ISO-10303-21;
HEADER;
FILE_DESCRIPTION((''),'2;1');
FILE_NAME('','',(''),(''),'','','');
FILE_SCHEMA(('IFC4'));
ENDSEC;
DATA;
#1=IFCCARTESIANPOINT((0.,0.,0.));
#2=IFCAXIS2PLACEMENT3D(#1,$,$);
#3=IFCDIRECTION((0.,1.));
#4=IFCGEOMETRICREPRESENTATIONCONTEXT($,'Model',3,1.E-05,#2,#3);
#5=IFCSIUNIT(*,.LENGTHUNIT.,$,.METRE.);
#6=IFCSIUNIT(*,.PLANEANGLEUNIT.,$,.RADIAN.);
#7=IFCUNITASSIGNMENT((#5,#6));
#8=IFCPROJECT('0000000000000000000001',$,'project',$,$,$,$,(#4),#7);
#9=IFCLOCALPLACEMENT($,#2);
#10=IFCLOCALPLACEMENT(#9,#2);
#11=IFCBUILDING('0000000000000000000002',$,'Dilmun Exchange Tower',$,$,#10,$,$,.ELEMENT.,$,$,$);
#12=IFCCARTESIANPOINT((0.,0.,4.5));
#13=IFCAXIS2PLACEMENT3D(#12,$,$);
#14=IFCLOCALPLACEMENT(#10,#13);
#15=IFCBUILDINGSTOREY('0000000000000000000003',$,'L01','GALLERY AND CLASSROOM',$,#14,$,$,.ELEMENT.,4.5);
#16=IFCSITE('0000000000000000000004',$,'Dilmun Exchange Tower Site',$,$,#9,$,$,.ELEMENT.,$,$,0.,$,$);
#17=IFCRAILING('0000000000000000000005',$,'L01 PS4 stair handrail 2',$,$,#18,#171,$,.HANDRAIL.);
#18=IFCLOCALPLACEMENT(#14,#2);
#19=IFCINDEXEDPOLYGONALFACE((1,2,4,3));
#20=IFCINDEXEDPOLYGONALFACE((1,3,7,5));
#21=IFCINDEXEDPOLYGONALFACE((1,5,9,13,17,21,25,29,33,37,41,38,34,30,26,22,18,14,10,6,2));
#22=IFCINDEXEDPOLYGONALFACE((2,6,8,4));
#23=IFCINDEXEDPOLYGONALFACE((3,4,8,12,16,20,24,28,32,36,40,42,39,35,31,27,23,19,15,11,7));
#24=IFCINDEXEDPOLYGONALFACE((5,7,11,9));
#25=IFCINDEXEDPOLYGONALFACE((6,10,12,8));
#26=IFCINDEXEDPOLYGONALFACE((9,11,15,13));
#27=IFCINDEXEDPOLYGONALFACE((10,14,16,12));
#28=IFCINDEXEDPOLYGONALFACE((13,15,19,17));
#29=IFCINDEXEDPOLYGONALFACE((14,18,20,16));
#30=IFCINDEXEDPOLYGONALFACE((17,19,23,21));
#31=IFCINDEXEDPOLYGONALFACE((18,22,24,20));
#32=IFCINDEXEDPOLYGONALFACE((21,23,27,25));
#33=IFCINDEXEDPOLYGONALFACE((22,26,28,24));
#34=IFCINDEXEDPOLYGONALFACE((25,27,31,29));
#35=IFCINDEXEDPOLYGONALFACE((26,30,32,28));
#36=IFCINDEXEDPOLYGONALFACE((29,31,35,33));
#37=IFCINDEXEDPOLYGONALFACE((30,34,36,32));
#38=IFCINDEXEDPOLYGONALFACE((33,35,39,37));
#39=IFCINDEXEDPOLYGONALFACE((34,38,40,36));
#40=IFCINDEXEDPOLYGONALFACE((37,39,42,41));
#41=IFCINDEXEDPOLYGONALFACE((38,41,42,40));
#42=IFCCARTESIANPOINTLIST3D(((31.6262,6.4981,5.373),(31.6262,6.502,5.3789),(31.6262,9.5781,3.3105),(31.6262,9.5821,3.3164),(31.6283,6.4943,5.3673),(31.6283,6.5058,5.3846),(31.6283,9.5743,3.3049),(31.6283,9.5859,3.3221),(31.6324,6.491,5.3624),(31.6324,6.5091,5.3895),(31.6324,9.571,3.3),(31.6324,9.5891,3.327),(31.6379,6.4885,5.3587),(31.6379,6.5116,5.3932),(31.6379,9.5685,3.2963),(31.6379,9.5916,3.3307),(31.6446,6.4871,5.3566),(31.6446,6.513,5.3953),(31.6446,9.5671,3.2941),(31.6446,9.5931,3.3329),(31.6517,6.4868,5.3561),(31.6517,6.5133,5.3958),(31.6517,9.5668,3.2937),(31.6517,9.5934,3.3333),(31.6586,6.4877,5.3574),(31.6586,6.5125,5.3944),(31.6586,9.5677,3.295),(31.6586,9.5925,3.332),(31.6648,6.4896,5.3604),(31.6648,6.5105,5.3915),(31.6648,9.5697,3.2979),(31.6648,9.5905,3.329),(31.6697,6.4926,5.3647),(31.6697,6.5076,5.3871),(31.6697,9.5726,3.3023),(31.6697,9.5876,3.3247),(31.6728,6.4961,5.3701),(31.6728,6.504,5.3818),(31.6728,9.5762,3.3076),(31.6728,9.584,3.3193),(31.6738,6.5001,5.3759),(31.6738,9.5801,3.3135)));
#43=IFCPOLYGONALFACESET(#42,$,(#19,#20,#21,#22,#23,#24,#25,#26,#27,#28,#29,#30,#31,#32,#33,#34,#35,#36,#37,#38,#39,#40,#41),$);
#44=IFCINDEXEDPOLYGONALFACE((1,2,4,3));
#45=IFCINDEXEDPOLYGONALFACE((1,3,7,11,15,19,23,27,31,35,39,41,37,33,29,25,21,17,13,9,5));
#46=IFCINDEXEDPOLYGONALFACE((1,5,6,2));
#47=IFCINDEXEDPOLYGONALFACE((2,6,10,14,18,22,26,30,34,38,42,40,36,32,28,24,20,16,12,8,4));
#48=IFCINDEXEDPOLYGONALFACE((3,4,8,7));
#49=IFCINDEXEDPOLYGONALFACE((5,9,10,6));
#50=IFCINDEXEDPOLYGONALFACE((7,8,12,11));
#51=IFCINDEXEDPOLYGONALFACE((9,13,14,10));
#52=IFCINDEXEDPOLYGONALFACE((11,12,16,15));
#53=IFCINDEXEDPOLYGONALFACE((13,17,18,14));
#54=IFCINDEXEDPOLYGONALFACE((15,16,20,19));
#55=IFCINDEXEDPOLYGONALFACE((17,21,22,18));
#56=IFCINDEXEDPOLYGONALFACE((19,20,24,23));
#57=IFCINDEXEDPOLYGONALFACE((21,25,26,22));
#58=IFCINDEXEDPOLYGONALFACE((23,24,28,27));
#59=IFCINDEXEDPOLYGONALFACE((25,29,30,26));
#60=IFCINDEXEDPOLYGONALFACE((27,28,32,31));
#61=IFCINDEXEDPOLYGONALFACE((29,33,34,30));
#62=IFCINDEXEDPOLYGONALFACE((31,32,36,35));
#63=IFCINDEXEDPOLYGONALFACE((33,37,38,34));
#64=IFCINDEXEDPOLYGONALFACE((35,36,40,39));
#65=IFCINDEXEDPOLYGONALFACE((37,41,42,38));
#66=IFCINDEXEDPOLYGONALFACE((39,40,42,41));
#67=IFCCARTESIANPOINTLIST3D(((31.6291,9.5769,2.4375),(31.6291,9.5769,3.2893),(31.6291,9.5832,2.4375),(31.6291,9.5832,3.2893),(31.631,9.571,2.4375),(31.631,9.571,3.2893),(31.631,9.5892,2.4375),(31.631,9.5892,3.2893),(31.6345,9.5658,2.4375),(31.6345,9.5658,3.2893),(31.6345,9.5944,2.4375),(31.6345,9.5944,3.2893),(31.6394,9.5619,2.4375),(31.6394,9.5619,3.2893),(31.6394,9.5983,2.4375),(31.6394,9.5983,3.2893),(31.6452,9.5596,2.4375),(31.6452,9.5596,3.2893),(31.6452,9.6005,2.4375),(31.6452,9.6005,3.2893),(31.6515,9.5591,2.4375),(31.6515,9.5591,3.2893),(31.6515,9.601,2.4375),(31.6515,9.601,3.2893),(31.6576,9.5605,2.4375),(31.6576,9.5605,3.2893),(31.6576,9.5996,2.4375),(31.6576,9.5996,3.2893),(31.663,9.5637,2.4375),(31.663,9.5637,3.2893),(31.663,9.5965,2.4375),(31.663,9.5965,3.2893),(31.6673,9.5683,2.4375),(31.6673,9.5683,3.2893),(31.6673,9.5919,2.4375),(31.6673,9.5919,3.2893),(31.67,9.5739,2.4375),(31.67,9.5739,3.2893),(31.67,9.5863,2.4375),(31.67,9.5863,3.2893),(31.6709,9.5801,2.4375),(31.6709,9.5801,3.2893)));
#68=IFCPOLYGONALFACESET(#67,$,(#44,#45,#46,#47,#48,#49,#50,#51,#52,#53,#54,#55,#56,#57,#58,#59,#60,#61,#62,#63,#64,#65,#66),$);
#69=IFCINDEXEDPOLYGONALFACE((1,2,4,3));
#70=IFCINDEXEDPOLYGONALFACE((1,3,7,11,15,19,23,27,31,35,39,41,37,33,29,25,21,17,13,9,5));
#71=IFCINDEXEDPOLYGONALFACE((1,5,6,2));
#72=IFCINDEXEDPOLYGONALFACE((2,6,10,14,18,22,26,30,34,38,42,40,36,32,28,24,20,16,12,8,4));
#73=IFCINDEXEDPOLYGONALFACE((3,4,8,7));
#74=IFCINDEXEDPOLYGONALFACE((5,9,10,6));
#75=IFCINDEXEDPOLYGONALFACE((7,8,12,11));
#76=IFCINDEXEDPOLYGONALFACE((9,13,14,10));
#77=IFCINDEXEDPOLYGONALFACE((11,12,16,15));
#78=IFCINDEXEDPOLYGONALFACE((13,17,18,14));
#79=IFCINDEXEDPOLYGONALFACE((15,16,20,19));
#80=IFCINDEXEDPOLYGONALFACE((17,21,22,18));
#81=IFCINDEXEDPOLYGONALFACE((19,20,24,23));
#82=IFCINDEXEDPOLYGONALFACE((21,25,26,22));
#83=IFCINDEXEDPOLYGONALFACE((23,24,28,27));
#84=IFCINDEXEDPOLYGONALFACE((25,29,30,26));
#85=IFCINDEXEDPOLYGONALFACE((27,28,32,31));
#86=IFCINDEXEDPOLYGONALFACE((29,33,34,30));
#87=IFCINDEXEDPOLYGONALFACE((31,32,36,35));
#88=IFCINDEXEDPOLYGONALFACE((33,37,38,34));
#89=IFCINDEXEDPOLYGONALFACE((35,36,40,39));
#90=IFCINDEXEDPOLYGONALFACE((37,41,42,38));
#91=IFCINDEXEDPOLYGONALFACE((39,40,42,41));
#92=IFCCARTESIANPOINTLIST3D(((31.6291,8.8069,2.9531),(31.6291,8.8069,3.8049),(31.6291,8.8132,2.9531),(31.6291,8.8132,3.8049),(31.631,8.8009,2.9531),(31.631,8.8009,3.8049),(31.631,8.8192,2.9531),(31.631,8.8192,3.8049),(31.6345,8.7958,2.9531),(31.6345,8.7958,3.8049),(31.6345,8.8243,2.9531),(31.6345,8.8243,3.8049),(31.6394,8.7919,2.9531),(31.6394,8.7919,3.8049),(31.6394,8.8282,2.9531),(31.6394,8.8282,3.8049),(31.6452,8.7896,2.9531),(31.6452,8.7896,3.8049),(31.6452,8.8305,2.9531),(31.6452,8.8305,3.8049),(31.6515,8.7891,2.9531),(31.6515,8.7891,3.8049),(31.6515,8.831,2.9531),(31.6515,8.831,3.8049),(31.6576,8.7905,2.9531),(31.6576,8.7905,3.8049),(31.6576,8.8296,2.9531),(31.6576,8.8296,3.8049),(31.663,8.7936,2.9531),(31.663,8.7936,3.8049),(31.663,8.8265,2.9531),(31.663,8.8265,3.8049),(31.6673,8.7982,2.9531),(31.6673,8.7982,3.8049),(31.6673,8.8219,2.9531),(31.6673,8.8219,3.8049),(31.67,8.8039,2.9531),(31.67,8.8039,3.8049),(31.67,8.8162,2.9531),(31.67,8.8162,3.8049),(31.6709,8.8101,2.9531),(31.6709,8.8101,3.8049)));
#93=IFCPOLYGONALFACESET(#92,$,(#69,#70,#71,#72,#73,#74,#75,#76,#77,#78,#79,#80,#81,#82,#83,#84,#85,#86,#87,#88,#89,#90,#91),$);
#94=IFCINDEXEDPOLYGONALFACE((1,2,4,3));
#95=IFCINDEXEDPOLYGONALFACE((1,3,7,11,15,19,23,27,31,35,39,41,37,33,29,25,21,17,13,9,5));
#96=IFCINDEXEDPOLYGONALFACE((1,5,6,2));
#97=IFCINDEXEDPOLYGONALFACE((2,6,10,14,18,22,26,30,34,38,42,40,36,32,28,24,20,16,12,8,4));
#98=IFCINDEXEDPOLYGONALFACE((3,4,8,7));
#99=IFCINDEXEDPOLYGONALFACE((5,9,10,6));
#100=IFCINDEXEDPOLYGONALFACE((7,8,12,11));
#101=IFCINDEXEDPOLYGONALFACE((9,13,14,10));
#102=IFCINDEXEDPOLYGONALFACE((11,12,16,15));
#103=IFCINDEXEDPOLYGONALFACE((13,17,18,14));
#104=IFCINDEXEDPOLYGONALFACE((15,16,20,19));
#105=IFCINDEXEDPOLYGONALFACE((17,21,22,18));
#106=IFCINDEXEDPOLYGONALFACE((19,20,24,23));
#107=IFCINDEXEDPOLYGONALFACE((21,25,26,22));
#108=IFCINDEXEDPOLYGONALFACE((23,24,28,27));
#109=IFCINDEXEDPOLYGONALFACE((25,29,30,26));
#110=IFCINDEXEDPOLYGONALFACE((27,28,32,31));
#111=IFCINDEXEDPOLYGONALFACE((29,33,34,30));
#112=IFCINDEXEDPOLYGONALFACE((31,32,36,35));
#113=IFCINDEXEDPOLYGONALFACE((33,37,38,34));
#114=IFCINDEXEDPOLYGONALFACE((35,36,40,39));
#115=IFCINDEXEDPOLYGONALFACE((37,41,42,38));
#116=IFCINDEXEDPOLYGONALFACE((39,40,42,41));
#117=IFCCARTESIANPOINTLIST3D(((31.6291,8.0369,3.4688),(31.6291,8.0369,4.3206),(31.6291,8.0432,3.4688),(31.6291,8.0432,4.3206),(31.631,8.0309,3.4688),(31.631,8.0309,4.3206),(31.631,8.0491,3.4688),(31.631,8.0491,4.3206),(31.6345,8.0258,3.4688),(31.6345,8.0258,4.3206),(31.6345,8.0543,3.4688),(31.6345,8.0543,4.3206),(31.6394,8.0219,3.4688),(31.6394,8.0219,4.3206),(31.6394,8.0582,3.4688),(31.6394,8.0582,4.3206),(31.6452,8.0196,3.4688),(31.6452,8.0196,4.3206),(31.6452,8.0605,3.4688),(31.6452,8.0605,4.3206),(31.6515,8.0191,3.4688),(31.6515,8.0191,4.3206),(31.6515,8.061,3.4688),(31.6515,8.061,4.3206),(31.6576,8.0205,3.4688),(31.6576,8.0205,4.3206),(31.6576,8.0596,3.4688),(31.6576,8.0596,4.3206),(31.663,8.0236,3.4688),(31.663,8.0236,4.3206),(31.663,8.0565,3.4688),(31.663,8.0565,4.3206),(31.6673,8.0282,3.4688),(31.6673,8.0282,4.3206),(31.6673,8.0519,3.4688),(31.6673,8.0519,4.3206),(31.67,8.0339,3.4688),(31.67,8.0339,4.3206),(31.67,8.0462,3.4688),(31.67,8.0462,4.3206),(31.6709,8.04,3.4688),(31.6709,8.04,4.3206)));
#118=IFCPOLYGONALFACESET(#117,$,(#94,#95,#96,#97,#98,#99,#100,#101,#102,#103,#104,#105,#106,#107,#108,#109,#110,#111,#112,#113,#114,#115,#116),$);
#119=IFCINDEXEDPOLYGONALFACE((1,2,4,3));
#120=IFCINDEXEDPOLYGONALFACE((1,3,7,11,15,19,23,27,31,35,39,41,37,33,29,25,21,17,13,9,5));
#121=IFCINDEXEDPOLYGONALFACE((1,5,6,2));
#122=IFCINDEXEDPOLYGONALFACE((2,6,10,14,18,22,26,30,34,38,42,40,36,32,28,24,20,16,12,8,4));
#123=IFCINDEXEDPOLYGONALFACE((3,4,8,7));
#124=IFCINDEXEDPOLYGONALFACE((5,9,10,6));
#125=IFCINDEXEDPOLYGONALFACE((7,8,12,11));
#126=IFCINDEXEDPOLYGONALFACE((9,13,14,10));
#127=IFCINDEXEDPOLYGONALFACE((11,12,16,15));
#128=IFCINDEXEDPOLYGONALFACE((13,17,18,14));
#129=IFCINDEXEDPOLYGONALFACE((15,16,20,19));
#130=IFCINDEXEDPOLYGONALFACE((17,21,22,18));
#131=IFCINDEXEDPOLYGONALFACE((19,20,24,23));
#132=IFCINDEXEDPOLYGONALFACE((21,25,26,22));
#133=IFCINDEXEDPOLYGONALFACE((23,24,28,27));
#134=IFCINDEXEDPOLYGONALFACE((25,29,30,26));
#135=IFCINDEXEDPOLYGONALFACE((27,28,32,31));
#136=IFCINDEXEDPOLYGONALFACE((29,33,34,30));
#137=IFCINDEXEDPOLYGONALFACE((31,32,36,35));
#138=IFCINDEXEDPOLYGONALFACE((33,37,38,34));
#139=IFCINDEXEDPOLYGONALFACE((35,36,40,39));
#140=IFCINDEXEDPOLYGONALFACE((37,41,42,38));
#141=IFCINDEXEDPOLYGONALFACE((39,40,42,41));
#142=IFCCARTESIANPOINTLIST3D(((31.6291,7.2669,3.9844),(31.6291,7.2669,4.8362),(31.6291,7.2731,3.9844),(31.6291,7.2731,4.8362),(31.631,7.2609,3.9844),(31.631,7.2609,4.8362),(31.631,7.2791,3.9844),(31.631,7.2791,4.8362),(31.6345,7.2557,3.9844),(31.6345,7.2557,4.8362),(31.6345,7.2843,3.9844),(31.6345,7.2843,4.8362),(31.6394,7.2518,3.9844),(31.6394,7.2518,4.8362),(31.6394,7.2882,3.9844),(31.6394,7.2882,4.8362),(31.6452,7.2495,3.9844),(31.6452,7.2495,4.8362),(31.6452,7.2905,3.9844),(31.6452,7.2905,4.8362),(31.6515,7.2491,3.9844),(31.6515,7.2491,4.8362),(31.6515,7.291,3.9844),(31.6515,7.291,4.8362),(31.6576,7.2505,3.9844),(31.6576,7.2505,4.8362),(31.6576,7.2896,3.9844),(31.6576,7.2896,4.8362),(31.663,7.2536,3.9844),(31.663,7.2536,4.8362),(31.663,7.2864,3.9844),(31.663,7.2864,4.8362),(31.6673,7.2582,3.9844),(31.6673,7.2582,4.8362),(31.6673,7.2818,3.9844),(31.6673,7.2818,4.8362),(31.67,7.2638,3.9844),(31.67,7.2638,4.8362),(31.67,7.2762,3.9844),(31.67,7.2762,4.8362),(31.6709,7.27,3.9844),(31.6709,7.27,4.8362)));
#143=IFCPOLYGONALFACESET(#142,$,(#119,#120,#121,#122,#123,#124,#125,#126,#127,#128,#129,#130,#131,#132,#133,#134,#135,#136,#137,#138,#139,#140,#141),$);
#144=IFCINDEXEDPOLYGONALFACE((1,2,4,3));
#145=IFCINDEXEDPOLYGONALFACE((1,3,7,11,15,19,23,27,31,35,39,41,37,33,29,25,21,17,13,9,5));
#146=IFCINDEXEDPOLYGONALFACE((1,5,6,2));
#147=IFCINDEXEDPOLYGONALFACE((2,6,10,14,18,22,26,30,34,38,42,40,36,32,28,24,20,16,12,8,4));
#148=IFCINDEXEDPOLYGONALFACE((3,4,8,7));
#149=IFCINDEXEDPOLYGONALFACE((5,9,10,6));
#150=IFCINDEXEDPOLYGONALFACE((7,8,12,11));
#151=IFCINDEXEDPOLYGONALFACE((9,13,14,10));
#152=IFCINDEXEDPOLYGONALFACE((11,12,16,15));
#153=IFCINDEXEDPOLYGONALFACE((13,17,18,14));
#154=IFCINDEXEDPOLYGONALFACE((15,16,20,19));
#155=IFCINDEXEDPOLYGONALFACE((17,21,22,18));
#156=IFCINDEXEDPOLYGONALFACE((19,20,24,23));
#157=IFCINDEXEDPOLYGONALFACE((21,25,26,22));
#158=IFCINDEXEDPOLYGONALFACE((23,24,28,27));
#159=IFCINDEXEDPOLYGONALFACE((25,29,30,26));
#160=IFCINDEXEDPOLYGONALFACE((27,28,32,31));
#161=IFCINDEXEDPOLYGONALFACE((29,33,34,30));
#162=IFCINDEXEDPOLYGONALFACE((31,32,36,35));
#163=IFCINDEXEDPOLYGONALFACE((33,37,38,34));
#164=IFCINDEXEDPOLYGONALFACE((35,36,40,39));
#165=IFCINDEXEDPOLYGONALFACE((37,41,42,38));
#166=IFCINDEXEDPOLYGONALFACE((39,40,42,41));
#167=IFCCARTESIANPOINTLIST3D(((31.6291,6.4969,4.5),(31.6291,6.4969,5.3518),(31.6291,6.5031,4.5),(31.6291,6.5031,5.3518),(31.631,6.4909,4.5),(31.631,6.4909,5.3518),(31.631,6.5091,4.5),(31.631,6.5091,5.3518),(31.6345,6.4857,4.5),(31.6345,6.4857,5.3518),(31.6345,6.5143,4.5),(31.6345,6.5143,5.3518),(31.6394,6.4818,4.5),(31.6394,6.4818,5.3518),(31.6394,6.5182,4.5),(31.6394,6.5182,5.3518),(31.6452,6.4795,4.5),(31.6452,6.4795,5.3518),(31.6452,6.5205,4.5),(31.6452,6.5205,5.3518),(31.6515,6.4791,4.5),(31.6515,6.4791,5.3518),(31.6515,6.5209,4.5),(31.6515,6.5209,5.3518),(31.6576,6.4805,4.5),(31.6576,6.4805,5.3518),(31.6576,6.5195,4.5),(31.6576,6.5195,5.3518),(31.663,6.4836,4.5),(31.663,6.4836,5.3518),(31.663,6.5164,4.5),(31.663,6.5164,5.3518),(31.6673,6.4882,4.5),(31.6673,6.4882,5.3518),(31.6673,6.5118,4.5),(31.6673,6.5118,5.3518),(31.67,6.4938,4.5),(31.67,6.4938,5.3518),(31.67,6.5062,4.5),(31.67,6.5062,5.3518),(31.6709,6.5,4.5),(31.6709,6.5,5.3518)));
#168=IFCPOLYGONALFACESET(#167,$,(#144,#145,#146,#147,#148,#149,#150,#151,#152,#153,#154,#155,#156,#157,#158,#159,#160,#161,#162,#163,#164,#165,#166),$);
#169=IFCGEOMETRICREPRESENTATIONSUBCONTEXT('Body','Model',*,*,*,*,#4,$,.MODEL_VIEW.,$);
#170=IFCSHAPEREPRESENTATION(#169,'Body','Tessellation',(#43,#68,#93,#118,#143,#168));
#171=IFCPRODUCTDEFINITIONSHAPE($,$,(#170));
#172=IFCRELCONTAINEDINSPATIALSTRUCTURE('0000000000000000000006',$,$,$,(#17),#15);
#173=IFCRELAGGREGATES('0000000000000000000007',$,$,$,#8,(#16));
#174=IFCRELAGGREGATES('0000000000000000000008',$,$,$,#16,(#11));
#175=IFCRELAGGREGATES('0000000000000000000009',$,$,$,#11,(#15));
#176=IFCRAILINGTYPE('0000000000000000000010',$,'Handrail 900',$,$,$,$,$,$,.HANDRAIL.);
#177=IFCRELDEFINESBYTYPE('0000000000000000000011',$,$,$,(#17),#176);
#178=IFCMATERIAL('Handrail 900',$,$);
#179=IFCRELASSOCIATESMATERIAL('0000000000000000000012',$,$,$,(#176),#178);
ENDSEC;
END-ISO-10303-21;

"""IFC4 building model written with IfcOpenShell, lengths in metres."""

from ifc_helpers import new_model, si_unit, direction, frame, origin, origin_2d, place, context, subcontext, project, spatial, circle, extrude, material, type_object, element, save


model = new_model("IFC4")

# Units and contexts
model_context = context("Model", 3, precision=1e-05, world=origin(), true_north=direction((0.0, 1.0)))
body_context = subcontext(model_context, "Body", "Model", "MODEL_VIEW")
ifc_project = project(units=[si_unit("LENGTHUNIT", "METRE"), si_unit("PLANEANGLEUNIT", "RADIAN")], contexts=[model_context])

# Site, building, storey
site_placement = place(None, origin())
site = spatial("IfcSite", under=ifc_project, at=site_placement, Name="Dilmun Exchange Tower Site", CompositionType="ELEMENT", RefElevation=0.0)
building_placement = place(site_placement, origin())
building = spatial("IfcBuilding", under=site, at=building_placement, Name="Dilmun Exchange Tower", CompositionType="ELEMENT")
storey_placement = place(building_placement, frame((0.0, 0.0, 4.5)))
storey = spatial("IfcBuildingStorey", under=building, at=storey_placement, Name="L01", Description="GALLERY AND CLASSROOM", CompositionType="ELEMENT", Elevation=4.5)

# Railing
ifc_material_1 = material(Name="Handrail 900")
railing_type_1 = type_object("IfcRailingType", Name="Handrail 900", PredefinedType="HANDRAIL", material=ifc_material_1)
railing_1_placement = place(storey_placement, frame((31.6499, 9.5801, 2.4375)))
element("IfcRailing", 1, at=railing_1_placement, inside=storey, type_object=railing_type_1, Name="L01 PS4 stair handrail 2", PredefinedType="HANDRAIL", context=body_context, shape_type="SweptSolid", body=[
    extrude(circle(Radius=0.0239, at=origin_2d()), frame((0.0, 0.0, 0.876), z_axis=(0.0, -0.830914, 0.556401), x_axis=(1.0, 0.0, 0.0)), (0.0, 0.0, 1.0), 3.7068),
    extrude(circle(Radius=0.021, at=origin_2d()), origin(), (0.0, 0.0, 1.0), 0.8518),
    extrude(circle(Radius=0.021, at=origin_2d()), frame((0.0, -0.77, 0.5156)), (0.0, 0.0, 1.0), 0.8518),
    extrude(circle(Radius=0.021, at=origin_2d()), frame((0.0, -1.54, 1.0312)), (0.0, 0.0, 1.0), 0.8518),
    extrude(circle(Radius=0.021, at=origin_2d()), frame((0.0, -2.3101, 1.5469)), (0.0, 0.0, 1.0), 0.8518),
    extrude(circle(Radius=0.021, at=origin_2d()), frame((0.0, -3.0801, 2.0625)), (0.0, 0.0, 1.0), 0.8518),
])

save(model, "model.ifc")
